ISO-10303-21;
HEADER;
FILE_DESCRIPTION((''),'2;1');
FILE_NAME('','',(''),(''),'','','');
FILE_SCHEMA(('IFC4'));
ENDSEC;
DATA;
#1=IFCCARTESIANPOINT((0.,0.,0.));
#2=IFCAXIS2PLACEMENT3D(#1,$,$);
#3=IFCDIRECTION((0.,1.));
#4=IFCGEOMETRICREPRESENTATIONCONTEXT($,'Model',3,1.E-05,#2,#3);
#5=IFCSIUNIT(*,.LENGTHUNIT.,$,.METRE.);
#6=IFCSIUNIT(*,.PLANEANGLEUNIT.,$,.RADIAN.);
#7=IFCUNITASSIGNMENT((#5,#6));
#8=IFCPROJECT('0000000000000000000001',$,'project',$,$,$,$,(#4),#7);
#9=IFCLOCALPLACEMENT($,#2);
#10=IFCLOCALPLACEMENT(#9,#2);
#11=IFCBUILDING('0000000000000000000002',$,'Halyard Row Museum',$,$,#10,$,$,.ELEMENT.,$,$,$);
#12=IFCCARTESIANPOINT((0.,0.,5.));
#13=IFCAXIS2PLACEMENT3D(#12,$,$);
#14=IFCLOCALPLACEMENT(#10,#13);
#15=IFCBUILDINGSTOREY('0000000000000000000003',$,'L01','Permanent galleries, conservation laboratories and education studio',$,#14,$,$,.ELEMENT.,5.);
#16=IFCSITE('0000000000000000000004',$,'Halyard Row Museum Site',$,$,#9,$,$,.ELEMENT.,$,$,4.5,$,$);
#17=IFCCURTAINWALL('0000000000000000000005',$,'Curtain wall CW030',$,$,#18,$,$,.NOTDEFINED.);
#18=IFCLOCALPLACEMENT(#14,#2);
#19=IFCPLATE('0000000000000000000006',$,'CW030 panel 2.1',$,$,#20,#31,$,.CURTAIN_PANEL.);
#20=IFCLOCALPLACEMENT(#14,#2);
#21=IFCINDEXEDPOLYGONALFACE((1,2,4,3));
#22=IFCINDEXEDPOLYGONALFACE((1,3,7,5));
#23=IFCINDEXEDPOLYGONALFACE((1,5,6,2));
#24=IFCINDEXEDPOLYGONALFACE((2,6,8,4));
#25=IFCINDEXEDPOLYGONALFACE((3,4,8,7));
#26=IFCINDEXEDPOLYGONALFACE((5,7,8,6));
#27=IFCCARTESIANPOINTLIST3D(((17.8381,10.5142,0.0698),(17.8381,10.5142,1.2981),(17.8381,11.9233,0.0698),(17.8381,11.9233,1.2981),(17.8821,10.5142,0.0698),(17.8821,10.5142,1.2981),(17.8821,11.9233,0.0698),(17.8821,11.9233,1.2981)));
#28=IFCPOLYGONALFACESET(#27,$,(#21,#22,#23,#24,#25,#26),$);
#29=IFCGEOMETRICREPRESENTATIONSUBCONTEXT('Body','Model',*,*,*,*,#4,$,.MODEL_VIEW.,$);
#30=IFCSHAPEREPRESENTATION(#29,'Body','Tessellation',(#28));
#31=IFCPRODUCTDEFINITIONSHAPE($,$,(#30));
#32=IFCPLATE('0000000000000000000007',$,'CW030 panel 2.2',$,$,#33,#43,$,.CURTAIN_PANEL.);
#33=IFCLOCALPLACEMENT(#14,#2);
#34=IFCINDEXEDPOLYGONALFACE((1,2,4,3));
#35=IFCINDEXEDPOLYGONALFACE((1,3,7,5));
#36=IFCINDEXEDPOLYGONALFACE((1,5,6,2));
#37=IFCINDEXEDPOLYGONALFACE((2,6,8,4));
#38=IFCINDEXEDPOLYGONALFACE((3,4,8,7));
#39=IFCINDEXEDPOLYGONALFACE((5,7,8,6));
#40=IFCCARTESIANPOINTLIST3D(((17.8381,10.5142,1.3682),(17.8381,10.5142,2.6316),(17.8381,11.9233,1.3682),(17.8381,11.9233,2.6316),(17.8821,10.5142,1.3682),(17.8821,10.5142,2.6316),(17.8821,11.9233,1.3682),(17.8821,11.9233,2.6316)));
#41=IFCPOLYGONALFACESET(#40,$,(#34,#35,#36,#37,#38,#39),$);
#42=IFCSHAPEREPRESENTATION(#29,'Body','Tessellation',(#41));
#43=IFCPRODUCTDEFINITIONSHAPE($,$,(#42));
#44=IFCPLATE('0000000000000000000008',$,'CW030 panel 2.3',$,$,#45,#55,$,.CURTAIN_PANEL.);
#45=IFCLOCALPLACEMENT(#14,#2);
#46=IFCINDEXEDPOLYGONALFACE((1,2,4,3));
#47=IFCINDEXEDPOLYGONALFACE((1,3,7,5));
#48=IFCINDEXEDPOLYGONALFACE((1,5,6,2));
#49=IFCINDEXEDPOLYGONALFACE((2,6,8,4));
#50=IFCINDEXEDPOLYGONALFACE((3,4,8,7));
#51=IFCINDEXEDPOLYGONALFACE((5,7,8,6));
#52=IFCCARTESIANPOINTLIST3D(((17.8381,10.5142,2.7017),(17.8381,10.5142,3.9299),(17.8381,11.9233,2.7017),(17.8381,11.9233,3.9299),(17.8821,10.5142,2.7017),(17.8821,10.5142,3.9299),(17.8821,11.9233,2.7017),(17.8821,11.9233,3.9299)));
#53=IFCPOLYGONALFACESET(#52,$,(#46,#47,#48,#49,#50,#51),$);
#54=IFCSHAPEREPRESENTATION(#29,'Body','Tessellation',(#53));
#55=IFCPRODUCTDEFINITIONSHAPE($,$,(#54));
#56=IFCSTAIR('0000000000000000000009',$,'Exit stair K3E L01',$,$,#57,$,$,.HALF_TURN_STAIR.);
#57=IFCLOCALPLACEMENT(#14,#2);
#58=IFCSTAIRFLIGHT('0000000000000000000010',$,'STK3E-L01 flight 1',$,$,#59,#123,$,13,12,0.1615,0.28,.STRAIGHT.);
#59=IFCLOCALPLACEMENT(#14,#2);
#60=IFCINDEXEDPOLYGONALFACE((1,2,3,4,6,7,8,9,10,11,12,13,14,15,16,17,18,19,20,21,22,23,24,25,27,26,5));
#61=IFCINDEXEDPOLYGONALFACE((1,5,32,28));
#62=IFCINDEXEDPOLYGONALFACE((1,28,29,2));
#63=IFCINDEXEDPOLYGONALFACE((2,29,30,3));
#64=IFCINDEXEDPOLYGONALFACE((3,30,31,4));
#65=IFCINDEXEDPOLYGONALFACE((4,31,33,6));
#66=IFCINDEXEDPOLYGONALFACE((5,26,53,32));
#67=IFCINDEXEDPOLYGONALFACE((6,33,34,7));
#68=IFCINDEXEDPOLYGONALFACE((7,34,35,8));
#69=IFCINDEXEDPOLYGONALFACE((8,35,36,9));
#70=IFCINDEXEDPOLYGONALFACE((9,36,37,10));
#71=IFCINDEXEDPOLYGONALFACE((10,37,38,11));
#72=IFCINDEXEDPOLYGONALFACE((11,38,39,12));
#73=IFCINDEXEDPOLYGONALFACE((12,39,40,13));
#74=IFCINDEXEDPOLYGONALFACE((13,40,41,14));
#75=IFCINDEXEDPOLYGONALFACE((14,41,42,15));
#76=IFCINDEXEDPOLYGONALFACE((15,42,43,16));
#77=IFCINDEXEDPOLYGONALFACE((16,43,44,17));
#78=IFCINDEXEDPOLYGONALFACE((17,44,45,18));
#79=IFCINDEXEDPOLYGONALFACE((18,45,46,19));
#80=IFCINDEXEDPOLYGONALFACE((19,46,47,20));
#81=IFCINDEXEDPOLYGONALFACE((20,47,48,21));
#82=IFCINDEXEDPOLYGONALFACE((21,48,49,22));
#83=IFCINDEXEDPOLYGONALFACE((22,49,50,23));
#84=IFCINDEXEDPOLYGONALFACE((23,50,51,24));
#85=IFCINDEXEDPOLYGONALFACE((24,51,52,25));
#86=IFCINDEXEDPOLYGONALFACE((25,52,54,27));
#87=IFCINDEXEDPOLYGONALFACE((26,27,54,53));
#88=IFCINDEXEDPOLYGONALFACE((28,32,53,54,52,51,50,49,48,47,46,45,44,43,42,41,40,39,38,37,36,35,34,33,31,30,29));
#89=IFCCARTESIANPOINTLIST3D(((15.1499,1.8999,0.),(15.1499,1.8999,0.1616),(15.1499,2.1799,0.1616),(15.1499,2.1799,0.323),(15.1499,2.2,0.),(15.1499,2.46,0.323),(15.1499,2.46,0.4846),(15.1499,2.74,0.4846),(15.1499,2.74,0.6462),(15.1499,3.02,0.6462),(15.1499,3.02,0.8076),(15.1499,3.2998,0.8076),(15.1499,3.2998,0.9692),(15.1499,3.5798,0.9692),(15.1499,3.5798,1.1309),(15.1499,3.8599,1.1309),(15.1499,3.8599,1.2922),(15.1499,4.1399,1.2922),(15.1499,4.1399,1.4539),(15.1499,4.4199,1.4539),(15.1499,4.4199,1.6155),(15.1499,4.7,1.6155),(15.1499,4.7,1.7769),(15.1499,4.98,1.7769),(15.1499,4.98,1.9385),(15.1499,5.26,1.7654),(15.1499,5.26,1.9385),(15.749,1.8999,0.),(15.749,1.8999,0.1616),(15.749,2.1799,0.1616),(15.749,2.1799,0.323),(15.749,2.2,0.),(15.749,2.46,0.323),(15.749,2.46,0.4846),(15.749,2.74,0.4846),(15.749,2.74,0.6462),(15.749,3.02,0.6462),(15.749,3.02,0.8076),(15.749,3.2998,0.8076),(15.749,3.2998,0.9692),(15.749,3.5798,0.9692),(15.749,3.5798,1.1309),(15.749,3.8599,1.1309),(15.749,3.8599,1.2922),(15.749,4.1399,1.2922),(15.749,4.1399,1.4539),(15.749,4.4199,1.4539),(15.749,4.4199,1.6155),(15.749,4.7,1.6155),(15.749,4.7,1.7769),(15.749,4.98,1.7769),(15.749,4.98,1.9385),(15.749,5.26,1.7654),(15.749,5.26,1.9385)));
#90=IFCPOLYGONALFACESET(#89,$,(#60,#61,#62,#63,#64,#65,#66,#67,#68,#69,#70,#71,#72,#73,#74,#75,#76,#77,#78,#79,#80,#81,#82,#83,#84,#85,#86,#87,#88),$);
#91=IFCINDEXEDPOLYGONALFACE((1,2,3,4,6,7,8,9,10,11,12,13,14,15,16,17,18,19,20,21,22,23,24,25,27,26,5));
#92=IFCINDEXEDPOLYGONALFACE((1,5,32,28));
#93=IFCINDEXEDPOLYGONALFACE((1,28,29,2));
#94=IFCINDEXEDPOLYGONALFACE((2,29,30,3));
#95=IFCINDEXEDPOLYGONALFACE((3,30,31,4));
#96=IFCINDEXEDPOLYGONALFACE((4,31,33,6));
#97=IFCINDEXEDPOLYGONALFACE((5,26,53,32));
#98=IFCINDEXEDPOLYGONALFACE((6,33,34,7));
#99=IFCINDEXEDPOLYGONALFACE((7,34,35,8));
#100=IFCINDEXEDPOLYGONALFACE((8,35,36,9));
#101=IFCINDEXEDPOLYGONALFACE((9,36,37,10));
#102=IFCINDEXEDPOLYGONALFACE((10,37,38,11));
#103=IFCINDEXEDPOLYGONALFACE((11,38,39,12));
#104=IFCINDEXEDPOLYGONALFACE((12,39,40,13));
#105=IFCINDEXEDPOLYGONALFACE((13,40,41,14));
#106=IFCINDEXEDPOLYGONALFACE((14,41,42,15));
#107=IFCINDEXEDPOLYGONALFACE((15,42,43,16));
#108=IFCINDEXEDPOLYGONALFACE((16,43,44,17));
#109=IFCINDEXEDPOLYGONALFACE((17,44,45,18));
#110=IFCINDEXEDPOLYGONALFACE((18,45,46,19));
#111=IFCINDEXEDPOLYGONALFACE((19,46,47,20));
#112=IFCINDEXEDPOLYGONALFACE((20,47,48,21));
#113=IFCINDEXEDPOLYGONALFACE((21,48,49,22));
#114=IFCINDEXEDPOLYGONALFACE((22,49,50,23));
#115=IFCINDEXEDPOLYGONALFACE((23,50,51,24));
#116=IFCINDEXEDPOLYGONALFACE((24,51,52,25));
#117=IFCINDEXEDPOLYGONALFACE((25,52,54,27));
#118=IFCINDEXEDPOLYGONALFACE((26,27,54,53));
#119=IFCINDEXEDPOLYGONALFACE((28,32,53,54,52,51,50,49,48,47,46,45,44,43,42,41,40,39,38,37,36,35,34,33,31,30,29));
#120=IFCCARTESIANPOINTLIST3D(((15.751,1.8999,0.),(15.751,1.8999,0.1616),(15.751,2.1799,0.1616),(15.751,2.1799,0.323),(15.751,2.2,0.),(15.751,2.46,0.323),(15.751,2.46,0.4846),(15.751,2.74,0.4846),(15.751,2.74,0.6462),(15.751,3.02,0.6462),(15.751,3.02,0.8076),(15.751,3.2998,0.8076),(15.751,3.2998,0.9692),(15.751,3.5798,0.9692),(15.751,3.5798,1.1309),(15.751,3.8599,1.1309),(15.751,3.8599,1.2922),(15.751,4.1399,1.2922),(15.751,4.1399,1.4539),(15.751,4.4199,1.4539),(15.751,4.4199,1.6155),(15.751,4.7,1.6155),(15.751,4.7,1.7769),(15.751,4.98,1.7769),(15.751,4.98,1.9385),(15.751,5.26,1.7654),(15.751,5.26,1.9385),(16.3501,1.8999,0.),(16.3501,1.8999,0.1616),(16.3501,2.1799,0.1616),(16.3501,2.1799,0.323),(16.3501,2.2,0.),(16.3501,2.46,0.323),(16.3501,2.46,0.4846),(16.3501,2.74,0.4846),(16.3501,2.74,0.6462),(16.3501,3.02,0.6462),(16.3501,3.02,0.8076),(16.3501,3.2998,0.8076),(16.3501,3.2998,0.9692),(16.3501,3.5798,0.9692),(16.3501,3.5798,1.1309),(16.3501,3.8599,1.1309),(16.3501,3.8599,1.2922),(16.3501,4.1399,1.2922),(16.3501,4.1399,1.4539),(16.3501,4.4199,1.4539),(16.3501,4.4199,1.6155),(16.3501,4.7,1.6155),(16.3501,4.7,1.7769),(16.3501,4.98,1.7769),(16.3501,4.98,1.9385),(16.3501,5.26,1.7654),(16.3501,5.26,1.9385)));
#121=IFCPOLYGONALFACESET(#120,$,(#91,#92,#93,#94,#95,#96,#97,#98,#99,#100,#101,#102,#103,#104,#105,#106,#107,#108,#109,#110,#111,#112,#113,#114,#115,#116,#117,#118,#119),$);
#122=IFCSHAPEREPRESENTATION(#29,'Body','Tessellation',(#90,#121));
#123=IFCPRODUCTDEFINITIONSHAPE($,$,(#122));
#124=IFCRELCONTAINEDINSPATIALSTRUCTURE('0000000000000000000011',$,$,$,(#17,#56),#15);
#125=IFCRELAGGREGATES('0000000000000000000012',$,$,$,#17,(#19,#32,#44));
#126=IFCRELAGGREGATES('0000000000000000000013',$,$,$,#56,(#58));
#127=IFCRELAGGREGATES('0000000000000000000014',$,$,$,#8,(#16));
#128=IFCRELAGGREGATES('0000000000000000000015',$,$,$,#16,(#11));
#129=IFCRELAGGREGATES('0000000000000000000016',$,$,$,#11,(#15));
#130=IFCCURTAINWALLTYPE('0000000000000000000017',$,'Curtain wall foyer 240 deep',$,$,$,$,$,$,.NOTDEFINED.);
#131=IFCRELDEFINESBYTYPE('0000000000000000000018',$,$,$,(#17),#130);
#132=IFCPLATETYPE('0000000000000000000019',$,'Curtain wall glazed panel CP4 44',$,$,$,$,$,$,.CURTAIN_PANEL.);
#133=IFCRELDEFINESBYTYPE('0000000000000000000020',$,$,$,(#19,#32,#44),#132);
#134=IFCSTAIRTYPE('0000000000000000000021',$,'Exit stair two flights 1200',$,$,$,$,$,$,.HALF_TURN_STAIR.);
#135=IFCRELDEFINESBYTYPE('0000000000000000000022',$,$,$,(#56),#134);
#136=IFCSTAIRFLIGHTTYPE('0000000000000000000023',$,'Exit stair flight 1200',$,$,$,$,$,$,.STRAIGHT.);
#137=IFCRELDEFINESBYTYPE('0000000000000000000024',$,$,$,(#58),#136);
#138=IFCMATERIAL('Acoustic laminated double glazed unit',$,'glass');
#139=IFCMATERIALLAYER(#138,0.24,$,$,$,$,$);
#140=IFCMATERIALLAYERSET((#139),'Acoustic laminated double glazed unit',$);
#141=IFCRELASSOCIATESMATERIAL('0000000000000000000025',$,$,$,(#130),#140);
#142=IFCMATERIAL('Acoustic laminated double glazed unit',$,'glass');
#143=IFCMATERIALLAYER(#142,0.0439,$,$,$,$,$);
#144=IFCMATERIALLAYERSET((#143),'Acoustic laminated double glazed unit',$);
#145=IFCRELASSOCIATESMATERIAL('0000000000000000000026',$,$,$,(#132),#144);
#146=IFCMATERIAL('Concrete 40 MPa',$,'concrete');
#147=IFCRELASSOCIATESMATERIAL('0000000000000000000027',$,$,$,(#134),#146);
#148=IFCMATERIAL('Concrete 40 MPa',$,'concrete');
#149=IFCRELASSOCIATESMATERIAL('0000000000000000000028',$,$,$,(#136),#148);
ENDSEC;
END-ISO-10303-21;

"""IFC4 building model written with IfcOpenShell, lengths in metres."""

from ifc_helpers import new_model, si_unit, direction, frame, origin, origin_2d, place, context, subcontext, project, spatial, polyline, rectangle, outline, extrude, material, layer, layer_set, type_object, element, aggregate, save


model = new_model("IFC4")

# Units and contexts
model_context = context("Model", 3, precision=1e-05, world=origin(), true_north=direction((0.0, 1.0)))
body_context = subcontext(model_context, "Body", "Model", "MODEL_VIEW")
ifc_project = project(units=[si_unit("LENGTHUNIT", "METRE"), si_unit("PLANEANGLEUNIT", "RADIAN")], contexts=[model_context])

# Site, building, storey
site_placement = place(None, origin())
site = spatial("IfcSite", under=ifc_project, at=site_placement, Name="Halyard Row Museum Site", CompositionType="ELEMENT", RefElevation=4.5)
building_placement = place(site_placement, origin())
building = spatial("IfcBuilding", under=site, at=building_placement, Name="Halyard Row Museum", CompositionType="ELEMENT")
storey_placement = place(building_placement, frame((0.0, 0.0, 5.0)))
storey = spatial("IfcBuildingStorey", under=building, at=storey_placement, Name="L01", Description="Permanent galleries, conservation laboratories and education studio", CompositionType="ELEMENT", Elevation=5.0)

# Curtain wall
ifc_material_1 = material(Name="Acoustic laminated double glazed unit", Category="glass")
ifc_layer_1 = layer(ifc_material_1, 0.24)
ifc_layer_set_1 = layer_set([ifc_layer_1], Name="Acoustic laminated double glazed unit")
curtain_wall_type = type_object("IfcCurtainWallType", Name="Curtain wall foyer 240 deep", PredefinedType="NOTDEFINED", material=ifc_layer_set_1)
curtain_wall_placement = place(storey_placement, origin())
curtain_wall = element("IfcCurtainWall", 1, at=curtain_wall_placement, inside=storey, type_object=curtain_wall_type, Name="Curtain wall CW030", PredefinedType="NOTDEFINED")

# Plates
ifc_material_2 = material(Name="Acoustic laminated double glazed unit", Category="glass")
ifc_layer_2 = layer(ifc_material_2, 0.0439)
ifc_layer_set_2 = layer_set([ifc_layer_2], Name="Acoustic laminated double glazed unit")
plate_type = type_object("IfcPlateType", Name="Curtain wall glazed panel CP4 44", PredefinedType="CURTAIN_PANEL", material=ifc_layer_set_2)
plate_1_placement = place(storey_placement, frame((17.8601, 11.2188, 0.0698), z_axis=(0.0, 0.0, 1.0), x_axis=(0.0, 1.0, 0.0)))
plate_1 = element("IfcPlate", 2, at=plate_1_placement, type_object=plate_type, Name="CW030 panel 2.1", PredefinedType="CURTAIN_PANEL", context=body_context, shape_type="SweptSolid", body=[
    extrude(rectangle(XDim=1.4092, YDim=0.0439, at=origin_2d()), origin(), (0.0, 0.0, 1.0), 1.2283),
])
plate_2_placement = place(storey_placement, frame((17.8601, 11.2188, 1.3682), z_axis=(0.0, 0.0, 1.0), x_axis=(0.0, 1.0, 0.0)))
plate_2 = element("IfcPlate", 3, at=plate_2_placement, type_object=plate_type, Name="CW030 panel 2.2", PredefinedType="CURTAIN_PANEL", context=body_context, shape_type="SweptSolid", body=[
    extrude(rectangle(XDim=1.4092, YDim=0.0439, at=origin_2d()), origin(), (0.0, 0.0, 1.0), 1.2634),
])
plate_3_placement = place(storey_placement, frame((17.8601, 11.2188, 2.7017), z_axis=(0.0, 0.0, 1.0), x_axis=(0.0, 1.0, 0.0)))
plate_3 = element("IfcPlate", 4, at=plate_3_placement, type_object=plate_type, Name="CW030 panel 2.3", PredefinedType="CURTAIN_PANEL", context=body_context, shape_type="SweptSolid", body=[
    extrude(rectangle(XDim=1.4092, YDim=0.0439, at=origin_2d()), origin(), (0.0, 0.0, 1.0), 1.2283),
])
aggregate(curtain_wall, [plate_1, plate_2, plate_3])

# Stair, stair flight
ifc_material_3 = material(Name="Concrete 40 MPa", Category="concrete")
stair_type = type_object("IfcStairType", Name="Exit stair two flights 1200", PredefinedType="HALF_TURN_STAIR", material=ifc_material_3)
stair_placement = place(storey_placement, origin())
stair = element("IfcStair", 5, at=stair_placement, inside=storey, type_object=stair_type, Name="Exit stair K3E L01", PredefinedType="HALF_TURN_STAIR")
ifc_material_4 = material(Name="Concrete 40 MPa", Category="concrete")
stair_flight_type = type_object("IfcStairFlightType", Name="Exit stair flight 1200", PredefinedType="STRAIGHT", material=ifc_material_4)
stair_flight_placement = place(storey_placement, frame((15.75, 1.8999, 0.0), z_axis=(0.0, 0.0, 1.0), x_axis=(0.0, 1.0, 0.0)))
stair_flight = element("IfcStairFlight", 6, at=stair_flight_placement, type_object=stair_flight_type, Name="STK3E-L01 flight 1", NumberOfRisers=13, NumberOfTreads=12, PredefinedType="STRAIGHT", RiserHeight=0.1615, TreadLength=0.28, context=body_context, shape_type="SweptSolid", body=[
    extrude(outline(polyline([(0.0, 0.0), (0.0, 0.1616), (0.28, 0.1616), (0.28, 0.323), (0.5601, 0.323), (0.5601, 0.4846), (0.8401, 0.4846), (0.8401, 0.6462), (1.1201, 0.6462), (1.1201, 0.8076), (1.3999, 0.8076), (1.3999, 0.9692), (1.6799, 0.9692), (1.6799, 1.1309), (1.96, 1.1309), (1.96, 1.2922), (2.24, 1.2922), (2.24, 1.4539), (2.52, 1.4539), (2.52, 1.6155), (2.8, 1.6155), (2.8, 1.7769), (3.0801, 1.7769), (3.0801, 1.9385), (3.3601, 1.9385), (3.3601, 2.1001), (3.3601, 1.7654), (0.3, 0.0), (0.0, 0.0)])), frame((0.0, 0.6001, 0.0), z_axis=(0.0, -1.0, 0.0), x_axis=(1.0, 0.0, 0.0)), (0.0, 0.0, 1.0), 0.5991),
    extrude(outline(polyline([(0.0, 0.0), (0.0, 0.1616), (0.28, 0.1616), (0.28, 0.323), (0.5601, 0.323), (0.5601, 0.4846), (0.8401, 0.4846), (0.8401, 0.6462), (1.1201, 0.6462), (1.1201, 0.8076), (1.3999, 0.8076), (1.3999, 0.9692), (1.6799, 0.9692), (1.6799, 1.1309), (1.96, 1.1309), (1.96, 1.2922), (2.24, 1.2922), (2.24, 1.4539), (2.52, 1.4539), (2.52, 1.6155), (2.8, 1.6155), (2.8, 1.7769), (3.0801, 1.7769), (3.0801, 1.9385), (3.3601, 1.9385), (3.3601, 2.1001), (3.3601, 1.7654), (0.3, 0.0), (0.0, 0.0)])), frame((0.0, -0.001, 0.0), z_axis=(0.0, -1.0, 0.0), x_axis=(1.0, 0.0, 0.0)), (0.0, 0.0, 1.0), 0.5991),
])
aggregate(stair, [stair_flight])

save(model, "model.ifc")
